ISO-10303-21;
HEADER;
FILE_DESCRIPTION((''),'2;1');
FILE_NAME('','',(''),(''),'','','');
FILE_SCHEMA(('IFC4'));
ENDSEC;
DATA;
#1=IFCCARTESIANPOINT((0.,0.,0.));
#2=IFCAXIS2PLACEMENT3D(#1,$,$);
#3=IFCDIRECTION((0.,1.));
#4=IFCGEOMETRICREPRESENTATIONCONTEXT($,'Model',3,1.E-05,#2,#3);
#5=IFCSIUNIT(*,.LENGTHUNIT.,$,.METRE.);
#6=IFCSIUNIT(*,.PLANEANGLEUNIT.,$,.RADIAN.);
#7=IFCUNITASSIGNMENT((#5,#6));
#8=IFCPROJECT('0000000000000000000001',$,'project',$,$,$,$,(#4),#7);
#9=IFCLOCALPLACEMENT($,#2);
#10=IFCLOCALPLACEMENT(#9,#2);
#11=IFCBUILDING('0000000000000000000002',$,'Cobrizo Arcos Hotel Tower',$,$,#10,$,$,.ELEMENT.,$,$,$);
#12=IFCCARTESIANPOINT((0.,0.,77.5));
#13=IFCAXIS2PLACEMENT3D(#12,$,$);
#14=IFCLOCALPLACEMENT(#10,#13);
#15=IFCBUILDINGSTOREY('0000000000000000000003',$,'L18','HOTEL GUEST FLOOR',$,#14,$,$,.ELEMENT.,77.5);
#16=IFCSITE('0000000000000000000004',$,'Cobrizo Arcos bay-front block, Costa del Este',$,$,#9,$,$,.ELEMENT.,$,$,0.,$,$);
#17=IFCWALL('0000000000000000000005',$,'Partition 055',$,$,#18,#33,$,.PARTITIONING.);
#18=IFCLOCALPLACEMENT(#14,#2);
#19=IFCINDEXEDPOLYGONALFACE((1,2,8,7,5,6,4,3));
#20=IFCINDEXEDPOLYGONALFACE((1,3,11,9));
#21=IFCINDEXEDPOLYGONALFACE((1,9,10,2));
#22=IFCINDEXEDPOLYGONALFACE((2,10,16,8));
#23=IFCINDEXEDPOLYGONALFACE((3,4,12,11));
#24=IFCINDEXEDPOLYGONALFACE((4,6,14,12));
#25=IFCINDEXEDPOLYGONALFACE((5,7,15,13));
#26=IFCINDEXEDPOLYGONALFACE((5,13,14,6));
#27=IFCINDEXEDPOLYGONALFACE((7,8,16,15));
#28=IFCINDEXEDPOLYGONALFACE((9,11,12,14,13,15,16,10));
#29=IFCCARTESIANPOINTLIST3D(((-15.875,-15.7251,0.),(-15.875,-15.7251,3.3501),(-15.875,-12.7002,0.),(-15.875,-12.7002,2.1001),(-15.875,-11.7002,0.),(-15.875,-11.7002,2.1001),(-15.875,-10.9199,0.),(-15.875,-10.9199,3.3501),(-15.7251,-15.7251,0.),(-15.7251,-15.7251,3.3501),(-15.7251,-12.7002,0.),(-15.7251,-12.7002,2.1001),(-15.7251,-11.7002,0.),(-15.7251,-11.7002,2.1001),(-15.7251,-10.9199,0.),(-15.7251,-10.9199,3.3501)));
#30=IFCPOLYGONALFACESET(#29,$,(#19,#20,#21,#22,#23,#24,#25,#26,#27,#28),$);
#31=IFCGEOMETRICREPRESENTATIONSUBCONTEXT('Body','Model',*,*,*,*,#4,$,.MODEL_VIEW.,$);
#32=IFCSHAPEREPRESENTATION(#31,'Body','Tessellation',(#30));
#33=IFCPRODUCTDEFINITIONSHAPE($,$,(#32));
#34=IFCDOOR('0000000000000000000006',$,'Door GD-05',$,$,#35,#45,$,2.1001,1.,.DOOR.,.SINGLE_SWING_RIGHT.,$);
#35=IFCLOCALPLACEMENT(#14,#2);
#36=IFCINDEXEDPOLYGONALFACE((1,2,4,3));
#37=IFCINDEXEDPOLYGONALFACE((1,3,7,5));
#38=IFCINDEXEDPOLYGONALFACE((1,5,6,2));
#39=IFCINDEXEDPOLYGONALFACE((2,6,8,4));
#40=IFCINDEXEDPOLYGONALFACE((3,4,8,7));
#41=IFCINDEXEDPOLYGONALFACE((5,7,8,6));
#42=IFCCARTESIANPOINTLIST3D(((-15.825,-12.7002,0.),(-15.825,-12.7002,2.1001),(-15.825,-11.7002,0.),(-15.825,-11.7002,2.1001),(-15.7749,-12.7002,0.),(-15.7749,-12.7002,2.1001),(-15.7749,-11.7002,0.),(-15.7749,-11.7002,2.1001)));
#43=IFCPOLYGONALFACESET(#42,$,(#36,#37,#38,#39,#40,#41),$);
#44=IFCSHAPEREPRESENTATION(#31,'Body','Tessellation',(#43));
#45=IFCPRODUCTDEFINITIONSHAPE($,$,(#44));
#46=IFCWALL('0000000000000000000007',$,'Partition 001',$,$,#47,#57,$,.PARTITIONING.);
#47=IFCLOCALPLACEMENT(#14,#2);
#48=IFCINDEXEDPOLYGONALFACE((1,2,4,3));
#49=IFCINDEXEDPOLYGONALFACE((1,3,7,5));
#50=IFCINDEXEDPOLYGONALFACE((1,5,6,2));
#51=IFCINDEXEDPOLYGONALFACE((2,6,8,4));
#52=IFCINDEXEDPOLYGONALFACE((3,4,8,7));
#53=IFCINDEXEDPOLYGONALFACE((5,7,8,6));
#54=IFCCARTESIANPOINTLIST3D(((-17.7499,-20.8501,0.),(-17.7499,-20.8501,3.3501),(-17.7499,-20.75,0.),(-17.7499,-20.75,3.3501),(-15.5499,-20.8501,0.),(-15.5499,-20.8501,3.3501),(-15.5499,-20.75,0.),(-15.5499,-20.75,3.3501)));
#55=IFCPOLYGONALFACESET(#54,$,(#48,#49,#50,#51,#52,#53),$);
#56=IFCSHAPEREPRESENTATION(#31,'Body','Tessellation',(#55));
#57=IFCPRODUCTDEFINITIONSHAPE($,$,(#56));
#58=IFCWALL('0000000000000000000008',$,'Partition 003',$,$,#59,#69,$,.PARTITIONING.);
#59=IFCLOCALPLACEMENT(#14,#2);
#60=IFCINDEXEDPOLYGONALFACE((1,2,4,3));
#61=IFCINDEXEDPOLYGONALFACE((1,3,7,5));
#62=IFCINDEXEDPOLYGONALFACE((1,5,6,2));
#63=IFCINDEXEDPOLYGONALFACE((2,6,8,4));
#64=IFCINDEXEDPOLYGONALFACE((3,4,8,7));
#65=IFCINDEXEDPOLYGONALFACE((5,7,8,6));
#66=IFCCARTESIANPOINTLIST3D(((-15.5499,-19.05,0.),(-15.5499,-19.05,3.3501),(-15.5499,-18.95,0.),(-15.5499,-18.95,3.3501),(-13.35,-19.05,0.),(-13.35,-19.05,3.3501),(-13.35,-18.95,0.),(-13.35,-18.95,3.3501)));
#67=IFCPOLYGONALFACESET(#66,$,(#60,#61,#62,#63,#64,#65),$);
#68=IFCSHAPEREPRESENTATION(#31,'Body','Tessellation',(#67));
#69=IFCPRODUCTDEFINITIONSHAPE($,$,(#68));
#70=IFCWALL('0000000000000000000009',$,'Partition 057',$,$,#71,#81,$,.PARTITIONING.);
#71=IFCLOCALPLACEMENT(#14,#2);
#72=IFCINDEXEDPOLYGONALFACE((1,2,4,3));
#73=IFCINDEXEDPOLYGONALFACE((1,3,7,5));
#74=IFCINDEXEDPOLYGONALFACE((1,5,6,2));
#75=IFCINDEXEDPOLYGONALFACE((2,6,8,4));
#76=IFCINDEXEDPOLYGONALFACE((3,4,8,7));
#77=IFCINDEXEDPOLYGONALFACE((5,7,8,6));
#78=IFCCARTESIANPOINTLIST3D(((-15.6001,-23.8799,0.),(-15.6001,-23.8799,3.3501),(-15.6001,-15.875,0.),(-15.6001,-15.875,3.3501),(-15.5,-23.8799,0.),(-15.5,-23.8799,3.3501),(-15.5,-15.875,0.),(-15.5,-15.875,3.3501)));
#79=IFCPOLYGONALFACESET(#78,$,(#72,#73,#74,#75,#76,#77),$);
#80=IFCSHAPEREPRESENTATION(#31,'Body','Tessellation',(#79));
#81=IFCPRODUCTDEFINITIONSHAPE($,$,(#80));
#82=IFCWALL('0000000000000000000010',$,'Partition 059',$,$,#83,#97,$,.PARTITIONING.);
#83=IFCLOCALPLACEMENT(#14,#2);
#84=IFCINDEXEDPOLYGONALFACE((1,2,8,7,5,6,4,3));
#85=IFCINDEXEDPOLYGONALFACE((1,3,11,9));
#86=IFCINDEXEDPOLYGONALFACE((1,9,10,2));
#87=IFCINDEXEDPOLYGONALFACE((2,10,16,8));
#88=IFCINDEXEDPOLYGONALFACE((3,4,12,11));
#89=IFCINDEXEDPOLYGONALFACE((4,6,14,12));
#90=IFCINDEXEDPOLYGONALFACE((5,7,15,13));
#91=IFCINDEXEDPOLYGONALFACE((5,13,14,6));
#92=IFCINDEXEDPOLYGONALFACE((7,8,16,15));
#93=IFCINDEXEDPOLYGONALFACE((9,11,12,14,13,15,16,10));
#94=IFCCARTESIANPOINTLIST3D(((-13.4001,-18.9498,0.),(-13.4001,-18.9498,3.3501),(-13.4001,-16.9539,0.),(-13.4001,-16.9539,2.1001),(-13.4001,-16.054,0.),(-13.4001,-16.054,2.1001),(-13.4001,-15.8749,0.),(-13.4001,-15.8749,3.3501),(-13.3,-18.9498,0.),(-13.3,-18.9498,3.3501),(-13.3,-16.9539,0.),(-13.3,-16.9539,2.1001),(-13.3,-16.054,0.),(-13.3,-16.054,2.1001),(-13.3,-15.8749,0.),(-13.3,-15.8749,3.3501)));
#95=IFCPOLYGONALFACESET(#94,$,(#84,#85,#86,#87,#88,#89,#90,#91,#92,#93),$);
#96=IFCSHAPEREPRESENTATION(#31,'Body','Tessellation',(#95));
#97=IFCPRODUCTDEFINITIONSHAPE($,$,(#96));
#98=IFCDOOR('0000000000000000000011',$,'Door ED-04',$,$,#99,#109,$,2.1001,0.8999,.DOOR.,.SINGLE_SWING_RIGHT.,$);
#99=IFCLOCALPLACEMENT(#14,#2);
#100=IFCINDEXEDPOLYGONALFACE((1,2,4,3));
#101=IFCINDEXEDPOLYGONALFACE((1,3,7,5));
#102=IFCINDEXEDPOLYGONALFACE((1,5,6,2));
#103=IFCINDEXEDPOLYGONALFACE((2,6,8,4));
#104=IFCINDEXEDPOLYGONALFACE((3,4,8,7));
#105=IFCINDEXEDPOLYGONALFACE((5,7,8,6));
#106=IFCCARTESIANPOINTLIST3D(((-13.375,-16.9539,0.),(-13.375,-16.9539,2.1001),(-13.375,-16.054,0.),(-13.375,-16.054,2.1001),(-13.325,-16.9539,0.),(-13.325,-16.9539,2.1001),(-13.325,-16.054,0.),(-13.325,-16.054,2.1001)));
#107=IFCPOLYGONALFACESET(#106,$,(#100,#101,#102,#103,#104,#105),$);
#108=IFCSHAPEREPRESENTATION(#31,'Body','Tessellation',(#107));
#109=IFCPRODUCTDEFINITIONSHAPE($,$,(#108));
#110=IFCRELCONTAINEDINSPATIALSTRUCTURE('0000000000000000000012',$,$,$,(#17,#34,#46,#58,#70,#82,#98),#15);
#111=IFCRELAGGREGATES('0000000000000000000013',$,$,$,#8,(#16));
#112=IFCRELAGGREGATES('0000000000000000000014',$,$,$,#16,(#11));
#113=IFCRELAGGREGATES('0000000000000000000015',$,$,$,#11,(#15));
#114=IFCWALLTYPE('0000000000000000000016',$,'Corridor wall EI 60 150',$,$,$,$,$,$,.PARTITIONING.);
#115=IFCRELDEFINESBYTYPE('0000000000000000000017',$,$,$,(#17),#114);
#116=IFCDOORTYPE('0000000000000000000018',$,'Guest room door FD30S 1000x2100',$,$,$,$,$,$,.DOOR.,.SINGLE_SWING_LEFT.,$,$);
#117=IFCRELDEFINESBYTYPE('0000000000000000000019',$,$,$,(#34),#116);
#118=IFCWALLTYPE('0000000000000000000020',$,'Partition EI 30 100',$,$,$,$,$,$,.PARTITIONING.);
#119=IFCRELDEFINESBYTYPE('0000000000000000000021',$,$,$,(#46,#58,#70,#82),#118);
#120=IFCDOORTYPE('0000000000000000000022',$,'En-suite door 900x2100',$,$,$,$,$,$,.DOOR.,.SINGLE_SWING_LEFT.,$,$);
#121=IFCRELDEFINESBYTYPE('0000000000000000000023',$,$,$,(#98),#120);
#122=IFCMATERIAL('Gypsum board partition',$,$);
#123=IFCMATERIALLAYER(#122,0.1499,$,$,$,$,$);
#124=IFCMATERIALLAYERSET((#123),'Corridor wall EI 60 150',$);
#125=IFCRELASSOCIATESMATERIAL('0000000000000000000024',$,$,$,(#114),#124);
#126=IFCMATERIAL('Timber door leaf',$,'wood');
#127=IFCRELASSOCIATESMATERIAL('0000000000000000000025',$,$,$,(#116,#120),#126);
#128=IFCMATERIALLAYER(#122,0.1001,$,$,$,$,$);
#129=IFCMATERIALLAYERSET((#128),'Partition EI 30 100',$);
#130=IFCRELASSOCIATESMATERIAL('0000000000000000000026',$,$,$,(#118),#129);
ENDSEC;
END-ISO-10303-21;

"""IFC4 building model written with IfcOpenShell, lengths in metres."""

from ifc_helpers import new_model, si_unit, direction, frame, frame_2d, origin, place, context, subcontext, project, spatial, rectangle, extrude, material, layer, layer_set, type_object, element, fill, save


model = new_model("IFC4")

# Units and contexts
model_context = context("Model", 3, precision=1e-05, world=origin(), true_north=direction((0.0, 1.0)))
body_context = subcontext(model_context, "Body", "Model", "MODEL_VIEW")
ifc_project = project(units=[si_unit("LENGTHUNIT", "METRE"), si_unit("PLANEANGLEUNIT", "RADIAN")], contexts=[model_context])

# Site, building, storey
site_placement = place(None, origin())
site = spatial("IfcSite", under=ifc_project, at=site_placement, Name="Cobrizo Arcos bay-front block, Costa del Este", CompositionType="ELEMENT", RefElevation=0.0)
building_placement = place(site_placement, origin())
building = spatial("IfcBuilding", under=site, at=building_placement, Name="Cobrizo Arcos Hotel Tower", CompositionType="ELEMENT")
storey_placement = place(building_placement, frame((0.0, 0.0, 77.5)))
storey = spatial("IfcBuildingStorey", under=building, at=storey_placement, Name="L18", Description="HOTEL GUEST FLOOR", CompositionType="ELEMENT", Elevation=77.5)

# Wall, opening, door
ifc_material_1 = material(Name="Gypsum board partition")
ifc_layer_1 = layer(ifc_material_1, 0.1499)
ifc_layer_set_1 = layer_set([ifc_layer_1], Name="Corridor wall EI 60 150")
wall_type_1 = type_object("IfcWallType", Name="Corridor wall EI 60 150", PredefinedType="PARTITIONING", material=ifc_layer_set_1)
ifc_material_2 = material(Name="Timber door leaf", Category="wood")
door_type_1 = type_object("IfcDoorType", Name="Guest room door FD30S 1000x2100", OperationType="SINGLE_SWING_LEFT", PredefinedType="DOOR", material=ifc_material_2)
wall_1_placement = place(storey_placement, frame((-15.8, -15.7251, 0.0), z_axis=(0.0, 0.0, 1.0), x_axis=(0.0, 1.0, 0.0)))
wall_1 = element("IfcWall", 1, at=wall_1_placement, inside=storey, type_object=wall_type_1, Name="Partition 055", PredefinedType="PARTITIONING", context=body_context, shape_type="SweptSolid", body=[
    extrude(rectangle(XDim=4.8052, YDim=0.1499, at=frame_2d((2.4026, 0.0))), origin(), (0.0, 0.0, 1.0), 3.3501),
])
opening_1_placement = place(wall_1_placement, frame((3.0249, 0.0, 0.0)))
opening_1 = element("IfcOpeningElement", 2, at=opening_1_placement, cuts=wall_1, PredefinedType="OPENING", context=body_context, shape_type="SweptSolid", body=[
    extrude(rectangle(XDim=1.0, YDim=2.1001, at=frame_2d((0.5, 1.05))), frame((0.0, 0.0869, 0.0), z_axis=(0.0, -1.0, 0.0), x_axis=(1.0, 0.0, 0.0)), (0.0, 0.0, 1.0), 0.1738),
])
door_1_placement = place(opening_1_placement, origin())
door_1 = element("IfcDoor", 3, at=door_1_placement, inside=storey, type_object=door_type_1, Name="Door GD-05", OperationType="SINGLE_SWING_RIGHT", OverallHeight=2.1001, OverallWidth=1.0, PredefinedType="DOOR", context=body_context, shape_type="SweptSolid", body=[
    extrude(rectangle(XDim=1.0, YDim=2.1001, at=frame_2d((0.5, 1.05))), frame((0.0, 0.0249, 0.0), z_axis=(0.0, -1.0, 0.0), x_axis=(1.0, 0.0, 0.0)), (0.0, 0.0, 1.0), 0.05),
])
fill(opening_1, door_1)

# Walls
ifc_layer_2 = layer(ifc_material_1, 0.1001)
ifc_layer_set_2 = layer_set([ifc_layer_2], Name="Partition EI 30 100")
wall_type_2 = type_object("IfcWallType", Name="Partition EI 30 100", PredefinedType="PARTITIONING", material=ifc_layer_set_2)
for number, where, z_axis, x_axis, name in (
    (4, (-17.75, -20.8, 0.0), (0.0, 0.0, 1.0), (1.0, 0.0, 0.0), "Partition 001"),
    (5, (-15.55, -19.0, 0.0), (0.0, 0.0, 1.0), (1.0, 0.0, 0.0), "Partition 003"),
):
    element("IfcWall", number, at=place(storey_placement, frame(where, z_axis=z_axis, x_axis=x_axis)), inside=storey, type_object=wall_type_2, Name=name, PredefinedType="PARTITIONING", context=body_context, shape_type="SweptSolid", body=[
        extrude(rectangle(XDim=2.2, YDim=0.1001, at=frame_2d((1.1001, 0.0))), origin(), (0.0, 0.0, 1.0), 3.3501),
    ])
wall_2_placement = place(storey_placement, frame((-15.55, -23.8799, 0.0), z_axis=(0.0, 0.0, 1.0), x_axis=(0.0, 1.0, 0.0)))
element("IfcWall", 6, at=wall_2_placement, inside=storey, type_object=wall_type_2, Name="Partition 057", PredefinedType="PARTITIONING", context=body_context, shape_type="SweptSolid", body=[
    extrude(rectangle(XDim=8.0049, YDim=0.1001, at=frame_2d((4.0024, 0.0))), origin(), (0.0, 0.0, 1.0), 3.3501),
])

# Wall, opening, door
wall_3_placement = place(storey_placement, frame((-13.3501, -18.95, 0.0), z_axis=(0.0, 0.0, 1.0), x_axis=(0.0, 1.0, 0.0)))
wall_3 = element("IfcWall", 7, at=wall_3_placement, inside=storey, type_object=wall_type_2, Name="Partition 059", PredefinedType="PARTITIONING", context=body_context, shape_type="SweptSolid", body=[
    extrude(rectangle(XDim=3.075, YDim=0.1001, at=frame_2d((1.5376, 0.0))), origin(), (0.0, 0.0, 1.0), 3.3501),
])
opening_2_placement = place(wall_3_placement, frame((1.9961, 0.0, 0.0)))
opening_2 = element("IfcOpeningElement", 8, at=opening_2_placement, cuts=wall_3, PredefinedType="OPENING", context=body_context, shape_type="SweptSolid", body=[
    extrude(rectangle(XDim=0.8999, YDim=2.1001, at=frame_2d((0.45, 1.05))), frame((0.0, 0.062, 0.0), z_axis=(0.0, -1.0, 0.0), x_axis=(1.0, 0.0, 0.0)), (0.0, 0.0, 1.0), 0.124),
])
door_type_2 = type_object("IfcDoorType", Name="En-suite door 900x2100", OperationType="SINGLE_SWING_LEFT", PredefinedType="DOOR", material=ifc_material_2)
door_2_placement = place(opening_2_placement, origin())
door_2 = element("IfcDoor", 9, at=door_2_placement, inside=storey, type_object=door_type_2, Name="Door ED-04", OperationType="SINGLE_SWING_RIGHT", OverallHeight=2.1001, OverallWidth=0.8999, PredefinedType="DOOR", context=body_context, shape_type="SweptSolid", body=[
    extrude(rectangle(XDim=0.8999, YDim=2.1001, at=frame_2d((0.45, 1.05))), frame((0.0, 0.0249, 0.0), z_axis=(0.0, -1.0, 0.0), x_axis=(1.0, 0.0, 0.0)), (0.0, 0.0, 1.0), 0.05),
])
fill(opening_2, door_2)

save(model, "model.ifc")
